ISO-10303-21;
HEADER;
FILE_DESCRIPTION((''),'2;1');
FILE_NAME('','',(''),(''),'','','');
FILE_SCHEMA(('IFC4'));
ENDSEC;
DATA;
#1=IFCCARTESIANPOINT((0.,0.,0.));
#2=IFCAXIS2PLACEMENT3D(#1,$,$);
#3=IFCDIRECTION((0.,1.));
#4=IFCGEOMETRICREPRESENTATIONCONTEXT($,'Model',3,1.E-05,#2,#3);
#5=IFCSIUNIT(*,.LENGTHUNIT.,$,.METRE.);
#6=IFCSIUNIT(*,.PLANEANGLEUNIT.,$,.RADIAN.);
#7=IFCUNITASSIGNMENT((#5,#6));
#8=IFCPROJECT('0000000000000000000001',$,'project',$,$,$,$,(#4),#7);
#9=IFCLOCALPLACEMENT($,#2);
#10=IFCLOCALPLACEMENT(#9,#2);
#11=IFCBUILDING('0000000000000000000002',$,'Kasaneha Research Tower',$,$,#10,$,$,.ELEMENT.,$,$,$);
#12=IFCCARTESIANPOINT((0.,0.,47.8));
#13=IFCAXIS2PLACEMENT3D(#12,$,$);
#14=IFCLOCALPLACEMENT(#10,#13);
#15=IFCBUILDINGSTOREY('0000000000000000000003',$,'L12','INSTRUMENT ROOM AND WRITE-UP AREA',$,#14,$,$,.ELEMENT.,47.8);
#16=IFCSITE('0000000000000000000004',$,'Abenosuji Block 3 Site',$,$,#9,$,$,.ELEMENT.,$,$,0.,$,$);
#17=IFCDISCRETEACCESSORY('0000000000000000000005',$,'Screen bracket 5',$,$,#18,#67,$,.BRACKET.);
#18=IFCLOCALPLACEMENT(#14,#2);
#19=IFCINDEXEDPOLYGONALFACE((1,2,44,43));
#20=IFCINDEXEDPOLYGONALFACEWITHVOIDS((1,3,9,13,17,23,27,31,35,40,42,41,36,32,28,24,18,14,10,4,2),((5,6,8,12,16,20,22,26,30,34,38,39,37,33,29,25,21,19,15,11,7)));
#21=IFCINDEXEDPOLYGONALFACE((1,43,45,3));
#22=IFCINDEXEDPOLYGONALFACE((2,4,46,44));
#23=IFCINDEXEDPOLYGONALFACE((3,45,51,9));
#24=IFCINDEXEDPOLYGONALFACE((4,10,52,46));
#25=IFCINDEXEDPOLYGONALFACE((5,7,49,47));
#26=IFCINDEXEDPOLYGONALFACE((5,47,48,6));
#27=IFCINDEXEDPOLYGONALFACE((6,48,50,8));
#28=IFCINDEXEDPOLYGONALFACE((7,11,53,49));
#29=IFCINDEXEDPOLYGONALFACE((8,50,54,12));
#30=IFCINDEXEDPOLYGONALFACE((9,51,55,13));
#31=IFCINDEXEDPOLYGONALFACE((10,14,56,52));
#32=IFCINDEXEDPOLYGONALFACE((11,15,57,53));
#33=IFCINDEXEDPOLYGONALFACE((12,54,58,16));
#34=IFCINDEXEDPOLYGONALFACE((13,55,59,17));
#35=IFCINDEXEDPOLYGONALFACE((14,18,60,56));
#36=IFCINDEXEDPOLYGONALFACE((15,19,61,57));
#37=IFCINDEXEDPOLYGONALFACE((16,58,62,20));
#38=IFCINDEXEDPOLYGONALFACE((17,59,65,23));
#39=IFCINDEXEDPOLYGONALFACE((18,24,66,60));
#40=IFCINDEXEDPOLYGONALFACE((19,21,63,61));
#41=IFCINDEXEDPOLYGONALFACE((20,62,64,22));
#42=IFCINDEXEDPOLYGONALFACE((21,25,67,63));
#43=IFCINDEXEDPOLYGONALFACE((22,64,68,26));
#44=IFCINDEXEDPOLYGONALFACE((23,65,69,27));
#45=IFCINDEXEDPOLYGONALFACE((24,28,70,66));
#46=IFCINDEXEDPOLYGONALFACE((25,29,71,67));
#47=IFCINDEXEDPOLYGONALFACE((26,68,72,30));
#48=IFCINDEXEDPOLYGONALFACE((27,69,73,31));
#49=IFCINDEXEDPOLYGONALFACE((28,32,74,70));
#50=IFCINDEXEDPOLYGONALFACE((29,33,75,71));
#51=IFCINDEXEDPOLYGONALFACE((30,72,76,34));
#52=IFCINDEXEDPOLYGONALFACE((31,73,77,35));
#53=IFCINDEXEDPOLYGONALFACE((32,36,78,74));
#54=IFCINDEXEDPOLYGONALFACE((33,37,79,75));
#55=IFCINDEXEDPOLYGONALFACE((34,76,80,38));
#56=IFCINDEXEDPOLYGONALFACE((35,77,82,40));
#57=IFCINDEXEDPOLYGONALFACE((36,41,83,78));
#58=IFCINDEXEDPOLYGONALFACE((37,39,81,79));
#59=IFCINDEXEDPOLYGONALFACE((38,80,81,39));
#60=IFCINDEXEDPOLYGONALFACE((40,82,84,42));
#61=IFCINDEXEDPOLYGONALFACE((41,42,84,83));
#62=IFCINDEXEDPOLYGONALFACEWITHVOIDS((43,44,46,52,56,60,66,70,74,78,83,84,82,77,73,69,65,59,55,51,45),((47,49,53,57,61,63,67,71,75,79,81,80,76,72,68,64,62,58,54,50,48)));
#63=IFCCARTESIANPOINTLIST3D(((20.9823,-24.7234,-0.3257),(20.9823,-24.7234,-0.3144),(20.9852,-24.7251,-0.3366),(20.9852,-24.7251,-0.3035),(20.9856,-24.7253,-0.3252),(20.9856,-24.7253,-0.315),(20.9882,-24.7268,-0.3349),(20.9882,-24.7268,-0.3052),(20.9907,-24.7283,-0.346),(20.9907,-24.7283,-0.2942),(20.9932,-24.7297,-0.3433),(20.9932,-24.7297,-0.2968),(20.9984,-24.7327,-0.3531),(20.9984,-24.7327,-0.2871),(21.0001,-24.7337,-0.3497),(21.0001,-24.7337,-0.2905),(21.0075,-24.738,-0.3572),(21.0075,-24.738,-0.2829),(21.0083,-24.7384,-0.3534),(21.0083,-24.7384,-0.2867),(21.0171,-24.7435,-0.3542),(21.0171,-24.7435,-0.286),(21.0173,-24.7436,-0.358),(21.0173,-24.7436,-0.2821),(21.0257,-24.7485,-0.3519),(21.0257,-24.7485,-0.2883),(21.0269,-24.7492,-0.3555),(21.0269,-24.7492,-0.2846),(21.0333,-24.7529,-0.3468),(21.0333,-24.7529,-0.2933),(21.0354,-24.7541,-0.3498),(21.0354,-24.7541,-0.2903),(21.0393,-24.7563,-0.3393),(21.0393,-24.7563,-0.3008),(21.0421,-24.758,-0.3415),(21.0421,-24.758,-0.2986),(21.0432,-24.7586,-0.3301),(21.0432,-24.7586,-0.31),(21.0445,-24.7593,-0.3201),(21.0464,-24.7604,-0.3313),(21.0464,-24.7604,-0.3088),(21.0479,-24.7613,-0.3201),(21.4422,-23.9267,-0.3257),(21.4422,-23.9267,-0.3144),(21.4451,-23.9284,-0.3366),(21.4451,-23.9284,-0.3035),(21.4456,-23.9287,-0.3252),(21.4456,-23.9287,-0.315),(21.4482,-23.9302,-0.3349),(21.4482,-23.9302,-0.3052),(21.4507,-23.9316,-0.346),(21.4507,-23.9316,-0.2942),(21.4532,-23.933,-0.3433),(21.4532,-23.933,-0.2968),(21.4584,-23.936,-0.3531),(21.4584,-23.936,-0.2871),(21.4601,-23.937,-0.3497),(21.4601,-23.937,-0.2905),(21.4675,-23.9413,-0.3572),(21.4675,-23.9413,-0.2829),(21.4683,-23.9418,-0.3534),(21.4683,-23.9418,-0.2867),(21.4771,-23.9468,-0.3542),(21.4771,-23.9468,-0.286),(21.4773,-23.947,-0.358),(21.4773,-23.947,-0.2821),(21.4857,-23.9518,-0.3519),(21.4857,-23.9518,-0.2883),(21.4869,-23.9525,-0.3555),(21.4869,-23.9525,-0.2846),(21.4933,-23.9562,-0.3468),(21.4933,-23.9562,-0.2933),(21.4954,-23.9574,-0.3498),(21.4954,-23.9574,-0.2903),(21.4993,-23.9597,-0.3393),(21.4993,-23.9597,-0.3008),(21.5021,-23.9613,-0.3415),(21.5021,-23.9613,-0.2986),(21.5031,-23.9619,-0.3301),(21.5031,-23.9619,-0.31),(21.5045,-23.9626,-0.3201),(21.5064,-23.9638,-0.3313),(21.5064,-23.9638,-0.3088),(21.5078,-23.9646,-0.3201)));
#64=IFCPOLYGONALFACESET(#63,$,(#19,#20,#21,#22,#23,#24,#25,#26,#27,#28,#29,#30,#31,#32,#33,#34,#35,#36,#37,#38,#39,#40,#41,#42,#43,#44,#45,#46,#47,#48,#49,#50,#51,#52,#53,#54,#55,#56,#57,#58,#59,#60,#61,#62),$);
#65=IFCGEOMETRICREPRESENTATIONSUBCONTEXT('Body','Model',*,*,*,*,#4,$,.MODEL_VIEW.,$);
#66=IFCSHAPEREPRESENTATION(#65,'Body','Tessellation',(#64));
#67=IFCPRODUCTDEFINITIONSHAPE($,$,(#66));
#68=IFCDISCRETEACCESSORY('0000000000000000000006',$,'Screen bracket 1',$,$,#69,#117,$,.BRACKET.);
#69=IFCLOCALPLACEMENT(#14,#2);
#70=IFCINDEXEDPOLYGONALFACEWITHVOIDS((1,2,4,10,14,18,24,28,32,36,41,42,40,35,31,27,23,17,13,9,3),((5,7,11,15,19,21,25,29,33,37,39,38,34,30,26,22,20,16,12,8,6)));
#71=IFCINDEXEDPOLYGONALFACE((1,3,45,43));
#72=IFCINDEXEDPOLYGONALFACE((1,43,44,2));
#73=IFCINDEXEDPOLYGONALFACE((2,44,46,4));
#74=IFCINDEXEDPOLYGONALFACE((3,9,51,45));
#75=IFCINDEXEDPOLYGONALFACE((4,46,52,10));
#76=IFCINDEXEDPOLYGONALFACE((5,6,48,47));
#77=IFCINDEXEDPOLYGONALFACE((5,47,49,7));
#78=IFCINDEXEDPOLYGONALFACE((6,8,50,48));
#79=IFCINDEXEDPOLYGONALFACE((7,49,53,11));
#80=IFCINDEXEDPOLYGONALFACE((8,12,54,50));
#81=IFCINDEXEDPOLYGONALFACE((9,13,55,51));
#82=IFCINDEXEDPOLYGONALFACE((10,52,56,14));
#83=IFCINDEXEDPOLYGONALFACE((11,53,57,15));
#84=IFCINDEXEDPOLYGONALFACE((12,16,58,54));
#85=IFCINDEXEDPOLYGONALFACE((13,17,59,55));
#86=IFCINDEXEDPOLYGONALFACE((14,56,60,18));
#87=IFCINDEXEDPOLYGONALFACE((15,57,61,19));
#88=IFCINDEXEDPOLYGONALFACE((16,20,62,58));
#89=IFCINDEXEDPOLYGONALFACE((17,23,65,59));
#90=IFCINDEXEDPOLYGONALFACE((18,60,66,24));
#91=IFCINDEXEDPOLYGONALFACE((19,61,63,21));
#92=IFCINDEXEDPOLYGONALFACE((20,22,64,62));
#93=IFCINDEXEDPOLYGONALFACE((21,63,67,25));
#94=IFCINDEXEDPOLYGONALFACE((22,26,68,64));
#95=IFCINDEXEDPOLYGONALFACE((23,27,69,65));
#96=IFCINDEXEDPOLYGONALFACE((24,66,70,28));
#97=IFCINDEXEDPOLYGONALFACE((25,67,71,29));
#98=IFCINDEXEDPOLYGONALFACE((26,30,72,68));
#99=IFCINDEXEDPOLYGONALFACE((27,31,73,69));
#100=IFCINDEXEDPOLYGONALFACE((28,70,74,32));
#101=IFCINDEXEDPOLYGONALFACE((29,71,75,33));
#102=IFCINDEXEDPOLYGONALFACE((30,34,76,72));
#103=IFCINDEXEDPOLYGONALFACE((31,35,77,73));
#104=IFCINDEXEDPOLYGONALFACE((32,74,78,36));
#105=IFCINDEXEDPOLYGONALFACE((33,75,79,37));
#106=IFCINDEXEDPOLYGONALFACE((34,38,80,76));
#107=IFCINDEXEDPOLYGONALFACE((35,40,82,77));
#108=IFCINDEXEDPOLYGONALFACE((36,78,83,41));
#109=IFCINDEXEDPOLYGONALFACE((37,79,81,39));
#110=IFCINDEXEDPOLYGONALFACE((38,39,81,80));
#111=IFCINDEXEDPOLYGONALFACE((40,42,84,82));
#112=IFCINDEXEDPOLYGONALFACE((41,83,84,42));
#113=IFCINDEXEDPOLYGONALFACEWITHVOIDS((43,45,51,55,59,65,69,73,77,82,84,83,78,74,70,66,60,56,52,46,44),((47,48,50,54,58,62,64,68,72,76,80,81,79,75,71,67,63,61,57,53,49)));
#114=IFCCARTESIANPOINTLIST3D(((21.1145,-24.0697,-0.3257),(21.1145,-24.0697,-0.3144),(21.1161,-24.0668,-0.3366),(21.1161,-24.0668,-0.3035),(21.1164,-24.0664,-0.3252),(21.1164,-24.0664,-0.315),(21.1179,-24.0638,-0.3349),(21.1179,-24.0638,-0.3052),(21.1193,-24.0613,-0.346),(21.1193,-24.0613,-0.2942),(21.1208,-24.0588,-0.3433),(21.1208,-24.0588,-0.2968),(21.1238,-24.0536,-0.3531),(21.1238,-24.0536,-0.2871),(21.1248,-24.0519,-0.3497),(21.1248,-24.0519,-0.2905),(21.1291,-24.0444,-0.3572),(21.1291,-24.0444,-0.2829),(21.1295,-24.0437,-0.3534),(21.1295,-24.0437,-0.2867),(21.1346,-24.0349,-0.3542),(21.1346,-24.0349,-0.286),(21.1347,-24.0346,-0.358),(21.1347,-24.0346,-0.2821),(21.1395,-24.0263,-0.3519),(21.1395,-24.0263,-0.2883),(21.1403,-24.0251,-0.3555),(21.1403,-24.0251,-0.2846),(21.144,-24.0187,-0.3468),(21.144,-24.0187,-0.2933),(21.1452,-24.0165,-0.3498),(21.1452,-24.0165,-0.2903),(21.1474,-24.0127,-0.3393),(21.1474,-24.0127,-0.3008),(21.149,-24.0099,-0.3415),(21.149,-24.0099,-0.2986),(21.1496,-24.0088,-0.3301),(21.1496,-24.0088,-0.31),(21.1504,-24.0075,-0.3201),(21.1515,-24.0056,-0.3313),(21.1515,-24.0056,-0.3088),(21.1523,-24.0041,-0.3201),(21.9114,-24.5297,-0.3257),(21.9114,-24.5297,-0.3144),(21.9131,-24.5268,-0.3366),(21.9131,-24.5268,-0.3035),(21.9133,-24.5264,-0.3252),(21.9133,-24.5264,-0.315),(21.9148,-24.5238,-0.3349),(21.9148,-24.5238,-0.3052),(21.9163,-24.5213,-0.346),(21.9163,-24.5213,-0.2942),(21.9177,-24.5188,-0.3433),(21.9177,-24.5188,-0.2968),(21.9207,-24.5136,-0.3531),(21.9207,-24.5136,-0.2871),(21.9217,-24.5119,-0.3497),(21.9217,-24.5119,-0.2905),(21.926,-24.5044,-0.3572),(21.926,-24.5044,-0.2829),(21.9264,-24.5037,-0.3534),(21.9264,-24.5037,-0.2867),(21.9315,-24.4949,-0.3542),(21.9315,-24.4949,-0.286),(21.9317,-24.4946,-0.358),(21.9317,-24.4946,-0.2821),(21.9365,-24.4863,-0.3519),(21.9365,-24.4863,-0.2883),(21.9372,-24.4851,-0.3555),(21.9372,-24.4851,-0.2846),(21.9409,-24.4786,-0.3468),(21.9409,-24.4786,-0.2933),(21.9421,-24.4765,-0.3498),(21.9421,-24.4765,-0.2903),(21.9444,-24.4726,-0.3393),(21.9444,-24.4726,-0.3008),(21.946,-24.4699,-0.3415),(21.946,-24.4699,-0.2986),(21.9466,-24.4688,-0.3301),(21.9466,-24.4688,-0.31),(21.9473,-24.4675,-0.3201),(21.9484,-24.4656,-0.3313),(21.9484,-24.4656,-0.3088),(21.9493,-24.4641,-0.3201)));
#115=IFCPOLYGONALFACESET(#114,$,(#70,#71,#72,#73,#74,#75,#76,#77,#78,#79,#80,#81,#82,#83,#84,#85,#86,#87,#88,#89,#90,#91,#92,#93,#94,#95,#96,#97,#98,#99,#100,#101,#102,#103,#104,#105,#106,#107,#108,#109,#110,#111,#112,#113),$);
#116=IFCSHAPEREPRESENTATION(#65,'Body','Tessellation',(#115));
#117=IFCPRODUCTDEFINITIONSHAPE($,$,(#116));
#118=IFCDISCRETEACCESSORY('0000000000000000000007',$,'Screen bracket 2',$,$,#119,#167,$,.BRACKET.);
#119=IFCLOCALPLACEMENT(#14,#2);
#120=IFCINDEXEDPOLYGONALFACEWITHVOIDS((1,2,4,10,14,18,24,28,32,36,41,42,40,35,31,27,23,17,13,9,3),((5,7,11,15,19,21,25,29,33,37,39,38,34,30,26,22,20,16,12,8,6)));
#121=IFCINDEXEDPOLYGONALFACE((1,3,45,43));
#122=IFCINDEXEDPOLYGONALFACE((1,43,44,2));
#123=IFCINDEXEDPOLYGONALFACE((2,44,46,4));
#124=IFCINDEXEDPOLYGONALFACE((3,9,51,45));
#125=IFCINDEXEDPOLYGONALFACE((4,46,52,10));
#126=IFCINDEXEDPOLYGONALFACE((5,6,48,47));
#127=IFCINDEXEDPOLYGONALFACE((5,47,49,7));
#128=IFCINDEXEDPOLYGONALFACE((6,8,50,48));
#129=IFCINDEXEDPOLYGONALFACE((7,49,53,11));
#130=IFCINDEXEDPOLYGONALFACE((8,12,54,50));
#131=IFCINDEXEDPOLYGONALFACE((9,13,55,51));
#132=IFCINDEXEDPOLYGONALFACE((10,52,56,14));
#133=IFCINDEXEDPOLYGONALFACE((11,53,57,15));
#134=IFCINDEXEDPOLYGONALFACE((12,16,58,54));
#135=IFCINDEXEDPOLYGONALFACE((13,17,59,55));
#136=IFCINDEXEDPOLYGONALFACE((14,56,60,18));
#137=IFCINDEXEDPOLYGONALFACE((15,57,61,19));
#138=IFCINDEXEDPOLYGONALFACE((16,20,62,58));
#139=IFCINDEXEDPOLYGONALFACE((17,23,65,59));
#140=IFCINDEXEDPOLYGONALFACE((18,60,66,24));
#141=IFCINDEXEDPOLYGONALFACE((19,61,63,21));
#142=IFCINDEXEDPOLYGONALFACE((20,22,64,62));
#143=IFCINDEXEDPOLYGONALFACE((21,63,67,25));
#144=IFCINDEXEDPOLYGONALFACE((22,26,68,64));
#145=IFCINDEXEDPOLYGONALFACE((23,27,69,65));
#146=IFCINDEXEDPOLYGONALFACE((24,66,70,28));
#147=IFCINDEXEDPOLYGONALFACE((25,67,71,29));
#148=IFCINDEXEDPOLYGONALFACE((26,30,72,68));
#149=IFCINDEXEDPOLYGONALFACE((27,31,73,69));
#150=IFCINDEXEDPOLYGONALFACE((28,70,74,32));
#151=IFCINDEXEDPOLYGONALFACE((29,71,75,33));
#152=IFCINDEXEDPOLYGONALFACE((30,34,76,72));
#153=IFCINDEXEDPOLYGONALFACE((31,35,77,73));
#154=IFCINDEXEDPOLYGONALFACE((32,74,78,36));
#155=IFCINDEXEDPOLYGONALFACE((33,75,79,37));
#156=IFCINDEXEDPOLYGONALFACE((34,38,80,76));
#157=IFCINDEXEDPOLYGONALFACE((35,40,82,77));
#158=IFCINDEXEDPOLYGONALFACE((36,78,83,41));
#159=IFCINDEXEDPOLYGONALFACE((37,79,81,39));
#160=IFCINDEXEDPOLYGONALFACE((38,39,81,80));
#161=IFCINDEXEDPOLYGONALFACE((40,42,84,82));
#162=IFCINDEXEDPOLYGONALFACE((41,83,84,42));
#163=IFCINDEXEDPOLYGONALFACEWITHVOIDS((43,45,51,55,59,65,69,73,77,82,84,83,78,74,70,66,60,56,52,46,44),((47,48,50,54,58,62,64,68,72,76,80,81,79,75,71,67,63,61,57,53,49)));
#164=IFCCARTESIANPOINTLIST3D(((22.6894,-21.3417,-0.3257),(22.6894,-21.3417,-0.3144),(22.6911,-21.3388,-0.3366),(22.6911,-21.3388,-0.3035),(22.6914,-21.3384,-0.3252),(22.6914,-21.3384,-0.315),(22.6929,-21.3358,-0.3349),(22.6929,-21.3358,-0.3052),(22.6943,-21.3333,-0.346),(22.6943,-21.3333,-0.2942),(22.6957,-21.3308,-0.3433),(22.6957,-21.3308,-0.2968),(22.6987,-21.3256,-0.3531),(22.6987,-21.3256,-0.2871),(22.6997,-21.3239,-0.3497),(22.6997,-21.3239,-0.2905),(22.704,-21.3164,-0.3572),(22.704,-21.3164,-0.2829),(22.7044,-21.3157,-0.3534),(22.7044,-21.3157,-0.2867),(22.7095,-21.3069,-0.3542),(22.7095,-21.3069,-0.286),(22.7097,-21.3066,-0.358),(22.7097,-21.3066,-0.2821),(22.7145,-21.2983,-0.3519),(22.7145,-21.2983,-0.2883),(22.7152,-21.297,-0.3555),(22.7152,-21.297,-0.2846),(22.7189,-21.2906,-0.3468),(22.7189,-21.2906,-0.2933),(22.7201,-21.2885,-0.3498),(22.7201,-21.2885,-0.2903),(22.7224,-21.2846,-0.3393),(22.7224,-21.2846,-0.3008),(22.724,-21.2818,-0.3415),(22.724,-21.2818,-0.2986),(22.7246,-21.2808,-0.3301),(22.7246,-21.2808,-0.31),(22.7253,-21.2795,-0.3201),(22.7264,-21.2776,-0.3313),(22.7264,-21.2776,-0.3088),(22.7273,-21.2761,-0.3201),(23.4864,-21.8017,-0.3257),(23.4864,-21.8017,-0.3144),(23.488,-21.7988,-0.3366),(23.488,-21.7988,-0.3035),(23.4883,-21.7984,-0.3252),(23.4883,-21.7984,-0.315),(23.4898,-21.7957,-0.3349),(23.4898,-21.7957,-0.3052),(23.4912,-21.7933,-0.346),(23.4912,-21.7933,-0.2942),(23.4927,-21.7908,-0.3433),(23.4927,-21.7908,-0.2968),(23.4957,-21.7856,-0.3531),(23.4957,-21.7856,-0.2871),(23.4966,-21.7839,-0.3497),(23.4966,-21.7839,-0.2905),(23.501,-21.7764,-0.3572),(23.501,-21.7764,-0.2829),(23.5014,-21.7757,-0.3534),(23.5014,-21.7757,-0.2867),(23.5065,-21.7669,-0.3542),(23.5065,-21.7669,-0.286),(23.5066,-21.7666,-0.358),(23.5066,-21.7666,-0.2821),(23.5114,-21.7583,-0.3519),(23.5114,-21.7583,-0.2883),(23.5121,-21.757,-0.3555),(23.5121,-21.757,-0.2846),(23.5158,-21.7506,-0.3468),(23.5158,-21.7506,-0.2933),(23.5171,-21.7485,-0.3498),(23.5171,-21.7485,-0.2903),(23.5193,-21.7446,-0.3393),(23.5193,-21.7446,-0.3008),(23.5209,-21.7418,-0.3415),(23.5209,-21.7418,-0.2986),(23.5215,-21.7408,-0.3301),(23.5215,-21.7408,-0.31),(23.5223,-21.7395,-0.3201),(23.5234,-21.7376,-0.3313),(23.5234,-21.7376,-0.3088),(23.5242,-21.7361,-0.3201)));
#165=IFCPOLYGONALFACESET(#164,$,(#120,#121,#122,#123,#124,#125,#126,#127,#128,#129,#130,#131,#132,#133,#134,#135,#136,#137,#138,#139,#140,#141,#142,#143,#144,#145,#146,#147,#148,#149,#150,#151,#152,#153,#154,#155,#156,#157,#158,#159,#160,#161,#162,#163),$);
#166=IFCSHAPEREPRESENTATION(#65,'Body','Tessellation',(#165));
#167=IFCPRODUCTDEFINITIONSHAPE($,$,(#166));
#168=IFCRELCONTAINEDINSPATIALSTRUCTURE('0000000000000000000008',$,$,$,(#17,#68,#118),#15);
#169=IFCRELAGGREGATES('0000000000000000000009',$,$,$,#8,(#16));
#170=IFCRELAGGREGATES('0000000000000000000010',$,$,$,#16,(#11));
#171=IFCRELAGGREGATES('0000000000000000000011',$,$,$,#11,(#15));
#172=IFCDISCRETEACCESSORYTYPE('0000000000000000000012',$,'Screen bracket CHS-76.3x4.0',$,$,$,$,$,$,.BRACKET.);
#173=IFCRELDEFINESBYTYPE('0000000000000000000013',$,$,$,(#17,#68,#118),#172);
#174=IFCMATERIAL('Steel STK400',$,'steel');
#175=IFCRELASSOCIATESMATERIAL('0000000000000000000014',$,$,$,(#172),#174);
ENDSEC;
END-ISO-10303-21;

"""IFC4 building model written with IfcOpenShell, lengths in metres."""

from ifc_helpers import new_model, si_unit, direction, frame, origin, origin_2d, place, context, subcontext, project, spatial, hollow_circle, extrude, material, material_profile, profile_set, type_object, element, save


model = new_model("IFC4")

# Units and contexts
model_context = context("Model", 3, precision=1e-05, world=origin(), true_north=direction((0.0, 1.0)))
body_context = subcontext(model_context, "Body", "Model", "MODEL_VIEW")
ifc_project = project(units=[si_unit("LENGTHUNIT", "METRE"), si_unit("PLANEANGLEUNIT", "RADIAN")], contexts=[model_context])

# Site, building, storey
site_placement = place(None, origin())
site = spatial("IfcSite", under=ifc_project, at=site_placement, Name="Abenosuji Block 3 Site", CompositionType="ELEMENT", RefElevation=0.0)
building_placement = place(site_placement, origin())
building = spatial("IfcBuilding", under=site, at=building_placement, Name="Kasaneha Research Tower", CompositionType="ELEMENT")
storey_placement = place(building_placement, frame((0.0, 0.0, 47.8)))
storey = spatial("IfcBuildingStorey", under=building, at=storey_placement, Name="L12", Description="INSTRUMENT ROOM AND WRITE-UP AREA", CompositionType="ELEMENT", Elevation=47.8)

# Discrete accessories
ifc_material_1 = material(Name="Steel STK400", Category="steel")
ifc_material_profile_1 = material_profile(ifc_material_1, hollow_circle(Radius=0.0381, WallThickness=0.0039, at=origin_2d()), Name="CHS-76.3x4.0")
ifc_profile_set_1 = profile_set([ifc_material_profile_1], Name="Steel STK400")
discrete_accessory_type = type_object("IfcDiscreteAccessoryType", Name="Screen bracket CHS-76.3x4.0", PredefinedType="BRACKET", material=ifc_profile_set_1)
discrete_accessory_1_placement = place(storey_placement, frame((21.4749, -23.9456, -0.3201), z_axis=(-0.500021, -0.866013, 0.0), x_axis=(0.866013, -0.500021, 0.0)))
element("IfcDiscreteAccessory", 1, at=discrete_accessory_1_placement, inside=storey, type_object=discrete_accessory_type, Name="Screen bracket 5", PredefinedType="BRACKET", context=body_context, shape_type="SweptSolid", body=[
    extrude(hollow_circle(Radius=0.0381, WallThickness=0.0039, at=origin_2d()), origin(), (0.0, 0.0, 1.0), 0.9199),
])
for number, where, z_axis, x_axis, name in (
    (2, (21.1333, -24.0371, -0.3201), (0.86608, -0.499906, 0.0), (0.499906, 0.86608, 0.0), "Screen bracket 1"),
    (3, (22.7083, -21.3091, -0.3201), (0.86608, -0.499906, 0.0), (0.499906, 0.86608, 0.0), "Screen bracket 2"),
):
    element("IfcDiscreteAccessory", number, at=place(storey_placement, frame(where, z_axis=z_axis, x_axis=x_axis)), inside=storey, type_object=discrete_accessory_type, Name=name, PredefinedType="BRACKET", context=body_context, shape_type="SweptSolid", body=[
        extrude(hollow_circle(Radius=0.0381, WallThickness=0.0039, at=origin_2d()), origin(), (0.0, 0.0, 1.0), 0.9202),
    ])

save(model, "model.ifc")
